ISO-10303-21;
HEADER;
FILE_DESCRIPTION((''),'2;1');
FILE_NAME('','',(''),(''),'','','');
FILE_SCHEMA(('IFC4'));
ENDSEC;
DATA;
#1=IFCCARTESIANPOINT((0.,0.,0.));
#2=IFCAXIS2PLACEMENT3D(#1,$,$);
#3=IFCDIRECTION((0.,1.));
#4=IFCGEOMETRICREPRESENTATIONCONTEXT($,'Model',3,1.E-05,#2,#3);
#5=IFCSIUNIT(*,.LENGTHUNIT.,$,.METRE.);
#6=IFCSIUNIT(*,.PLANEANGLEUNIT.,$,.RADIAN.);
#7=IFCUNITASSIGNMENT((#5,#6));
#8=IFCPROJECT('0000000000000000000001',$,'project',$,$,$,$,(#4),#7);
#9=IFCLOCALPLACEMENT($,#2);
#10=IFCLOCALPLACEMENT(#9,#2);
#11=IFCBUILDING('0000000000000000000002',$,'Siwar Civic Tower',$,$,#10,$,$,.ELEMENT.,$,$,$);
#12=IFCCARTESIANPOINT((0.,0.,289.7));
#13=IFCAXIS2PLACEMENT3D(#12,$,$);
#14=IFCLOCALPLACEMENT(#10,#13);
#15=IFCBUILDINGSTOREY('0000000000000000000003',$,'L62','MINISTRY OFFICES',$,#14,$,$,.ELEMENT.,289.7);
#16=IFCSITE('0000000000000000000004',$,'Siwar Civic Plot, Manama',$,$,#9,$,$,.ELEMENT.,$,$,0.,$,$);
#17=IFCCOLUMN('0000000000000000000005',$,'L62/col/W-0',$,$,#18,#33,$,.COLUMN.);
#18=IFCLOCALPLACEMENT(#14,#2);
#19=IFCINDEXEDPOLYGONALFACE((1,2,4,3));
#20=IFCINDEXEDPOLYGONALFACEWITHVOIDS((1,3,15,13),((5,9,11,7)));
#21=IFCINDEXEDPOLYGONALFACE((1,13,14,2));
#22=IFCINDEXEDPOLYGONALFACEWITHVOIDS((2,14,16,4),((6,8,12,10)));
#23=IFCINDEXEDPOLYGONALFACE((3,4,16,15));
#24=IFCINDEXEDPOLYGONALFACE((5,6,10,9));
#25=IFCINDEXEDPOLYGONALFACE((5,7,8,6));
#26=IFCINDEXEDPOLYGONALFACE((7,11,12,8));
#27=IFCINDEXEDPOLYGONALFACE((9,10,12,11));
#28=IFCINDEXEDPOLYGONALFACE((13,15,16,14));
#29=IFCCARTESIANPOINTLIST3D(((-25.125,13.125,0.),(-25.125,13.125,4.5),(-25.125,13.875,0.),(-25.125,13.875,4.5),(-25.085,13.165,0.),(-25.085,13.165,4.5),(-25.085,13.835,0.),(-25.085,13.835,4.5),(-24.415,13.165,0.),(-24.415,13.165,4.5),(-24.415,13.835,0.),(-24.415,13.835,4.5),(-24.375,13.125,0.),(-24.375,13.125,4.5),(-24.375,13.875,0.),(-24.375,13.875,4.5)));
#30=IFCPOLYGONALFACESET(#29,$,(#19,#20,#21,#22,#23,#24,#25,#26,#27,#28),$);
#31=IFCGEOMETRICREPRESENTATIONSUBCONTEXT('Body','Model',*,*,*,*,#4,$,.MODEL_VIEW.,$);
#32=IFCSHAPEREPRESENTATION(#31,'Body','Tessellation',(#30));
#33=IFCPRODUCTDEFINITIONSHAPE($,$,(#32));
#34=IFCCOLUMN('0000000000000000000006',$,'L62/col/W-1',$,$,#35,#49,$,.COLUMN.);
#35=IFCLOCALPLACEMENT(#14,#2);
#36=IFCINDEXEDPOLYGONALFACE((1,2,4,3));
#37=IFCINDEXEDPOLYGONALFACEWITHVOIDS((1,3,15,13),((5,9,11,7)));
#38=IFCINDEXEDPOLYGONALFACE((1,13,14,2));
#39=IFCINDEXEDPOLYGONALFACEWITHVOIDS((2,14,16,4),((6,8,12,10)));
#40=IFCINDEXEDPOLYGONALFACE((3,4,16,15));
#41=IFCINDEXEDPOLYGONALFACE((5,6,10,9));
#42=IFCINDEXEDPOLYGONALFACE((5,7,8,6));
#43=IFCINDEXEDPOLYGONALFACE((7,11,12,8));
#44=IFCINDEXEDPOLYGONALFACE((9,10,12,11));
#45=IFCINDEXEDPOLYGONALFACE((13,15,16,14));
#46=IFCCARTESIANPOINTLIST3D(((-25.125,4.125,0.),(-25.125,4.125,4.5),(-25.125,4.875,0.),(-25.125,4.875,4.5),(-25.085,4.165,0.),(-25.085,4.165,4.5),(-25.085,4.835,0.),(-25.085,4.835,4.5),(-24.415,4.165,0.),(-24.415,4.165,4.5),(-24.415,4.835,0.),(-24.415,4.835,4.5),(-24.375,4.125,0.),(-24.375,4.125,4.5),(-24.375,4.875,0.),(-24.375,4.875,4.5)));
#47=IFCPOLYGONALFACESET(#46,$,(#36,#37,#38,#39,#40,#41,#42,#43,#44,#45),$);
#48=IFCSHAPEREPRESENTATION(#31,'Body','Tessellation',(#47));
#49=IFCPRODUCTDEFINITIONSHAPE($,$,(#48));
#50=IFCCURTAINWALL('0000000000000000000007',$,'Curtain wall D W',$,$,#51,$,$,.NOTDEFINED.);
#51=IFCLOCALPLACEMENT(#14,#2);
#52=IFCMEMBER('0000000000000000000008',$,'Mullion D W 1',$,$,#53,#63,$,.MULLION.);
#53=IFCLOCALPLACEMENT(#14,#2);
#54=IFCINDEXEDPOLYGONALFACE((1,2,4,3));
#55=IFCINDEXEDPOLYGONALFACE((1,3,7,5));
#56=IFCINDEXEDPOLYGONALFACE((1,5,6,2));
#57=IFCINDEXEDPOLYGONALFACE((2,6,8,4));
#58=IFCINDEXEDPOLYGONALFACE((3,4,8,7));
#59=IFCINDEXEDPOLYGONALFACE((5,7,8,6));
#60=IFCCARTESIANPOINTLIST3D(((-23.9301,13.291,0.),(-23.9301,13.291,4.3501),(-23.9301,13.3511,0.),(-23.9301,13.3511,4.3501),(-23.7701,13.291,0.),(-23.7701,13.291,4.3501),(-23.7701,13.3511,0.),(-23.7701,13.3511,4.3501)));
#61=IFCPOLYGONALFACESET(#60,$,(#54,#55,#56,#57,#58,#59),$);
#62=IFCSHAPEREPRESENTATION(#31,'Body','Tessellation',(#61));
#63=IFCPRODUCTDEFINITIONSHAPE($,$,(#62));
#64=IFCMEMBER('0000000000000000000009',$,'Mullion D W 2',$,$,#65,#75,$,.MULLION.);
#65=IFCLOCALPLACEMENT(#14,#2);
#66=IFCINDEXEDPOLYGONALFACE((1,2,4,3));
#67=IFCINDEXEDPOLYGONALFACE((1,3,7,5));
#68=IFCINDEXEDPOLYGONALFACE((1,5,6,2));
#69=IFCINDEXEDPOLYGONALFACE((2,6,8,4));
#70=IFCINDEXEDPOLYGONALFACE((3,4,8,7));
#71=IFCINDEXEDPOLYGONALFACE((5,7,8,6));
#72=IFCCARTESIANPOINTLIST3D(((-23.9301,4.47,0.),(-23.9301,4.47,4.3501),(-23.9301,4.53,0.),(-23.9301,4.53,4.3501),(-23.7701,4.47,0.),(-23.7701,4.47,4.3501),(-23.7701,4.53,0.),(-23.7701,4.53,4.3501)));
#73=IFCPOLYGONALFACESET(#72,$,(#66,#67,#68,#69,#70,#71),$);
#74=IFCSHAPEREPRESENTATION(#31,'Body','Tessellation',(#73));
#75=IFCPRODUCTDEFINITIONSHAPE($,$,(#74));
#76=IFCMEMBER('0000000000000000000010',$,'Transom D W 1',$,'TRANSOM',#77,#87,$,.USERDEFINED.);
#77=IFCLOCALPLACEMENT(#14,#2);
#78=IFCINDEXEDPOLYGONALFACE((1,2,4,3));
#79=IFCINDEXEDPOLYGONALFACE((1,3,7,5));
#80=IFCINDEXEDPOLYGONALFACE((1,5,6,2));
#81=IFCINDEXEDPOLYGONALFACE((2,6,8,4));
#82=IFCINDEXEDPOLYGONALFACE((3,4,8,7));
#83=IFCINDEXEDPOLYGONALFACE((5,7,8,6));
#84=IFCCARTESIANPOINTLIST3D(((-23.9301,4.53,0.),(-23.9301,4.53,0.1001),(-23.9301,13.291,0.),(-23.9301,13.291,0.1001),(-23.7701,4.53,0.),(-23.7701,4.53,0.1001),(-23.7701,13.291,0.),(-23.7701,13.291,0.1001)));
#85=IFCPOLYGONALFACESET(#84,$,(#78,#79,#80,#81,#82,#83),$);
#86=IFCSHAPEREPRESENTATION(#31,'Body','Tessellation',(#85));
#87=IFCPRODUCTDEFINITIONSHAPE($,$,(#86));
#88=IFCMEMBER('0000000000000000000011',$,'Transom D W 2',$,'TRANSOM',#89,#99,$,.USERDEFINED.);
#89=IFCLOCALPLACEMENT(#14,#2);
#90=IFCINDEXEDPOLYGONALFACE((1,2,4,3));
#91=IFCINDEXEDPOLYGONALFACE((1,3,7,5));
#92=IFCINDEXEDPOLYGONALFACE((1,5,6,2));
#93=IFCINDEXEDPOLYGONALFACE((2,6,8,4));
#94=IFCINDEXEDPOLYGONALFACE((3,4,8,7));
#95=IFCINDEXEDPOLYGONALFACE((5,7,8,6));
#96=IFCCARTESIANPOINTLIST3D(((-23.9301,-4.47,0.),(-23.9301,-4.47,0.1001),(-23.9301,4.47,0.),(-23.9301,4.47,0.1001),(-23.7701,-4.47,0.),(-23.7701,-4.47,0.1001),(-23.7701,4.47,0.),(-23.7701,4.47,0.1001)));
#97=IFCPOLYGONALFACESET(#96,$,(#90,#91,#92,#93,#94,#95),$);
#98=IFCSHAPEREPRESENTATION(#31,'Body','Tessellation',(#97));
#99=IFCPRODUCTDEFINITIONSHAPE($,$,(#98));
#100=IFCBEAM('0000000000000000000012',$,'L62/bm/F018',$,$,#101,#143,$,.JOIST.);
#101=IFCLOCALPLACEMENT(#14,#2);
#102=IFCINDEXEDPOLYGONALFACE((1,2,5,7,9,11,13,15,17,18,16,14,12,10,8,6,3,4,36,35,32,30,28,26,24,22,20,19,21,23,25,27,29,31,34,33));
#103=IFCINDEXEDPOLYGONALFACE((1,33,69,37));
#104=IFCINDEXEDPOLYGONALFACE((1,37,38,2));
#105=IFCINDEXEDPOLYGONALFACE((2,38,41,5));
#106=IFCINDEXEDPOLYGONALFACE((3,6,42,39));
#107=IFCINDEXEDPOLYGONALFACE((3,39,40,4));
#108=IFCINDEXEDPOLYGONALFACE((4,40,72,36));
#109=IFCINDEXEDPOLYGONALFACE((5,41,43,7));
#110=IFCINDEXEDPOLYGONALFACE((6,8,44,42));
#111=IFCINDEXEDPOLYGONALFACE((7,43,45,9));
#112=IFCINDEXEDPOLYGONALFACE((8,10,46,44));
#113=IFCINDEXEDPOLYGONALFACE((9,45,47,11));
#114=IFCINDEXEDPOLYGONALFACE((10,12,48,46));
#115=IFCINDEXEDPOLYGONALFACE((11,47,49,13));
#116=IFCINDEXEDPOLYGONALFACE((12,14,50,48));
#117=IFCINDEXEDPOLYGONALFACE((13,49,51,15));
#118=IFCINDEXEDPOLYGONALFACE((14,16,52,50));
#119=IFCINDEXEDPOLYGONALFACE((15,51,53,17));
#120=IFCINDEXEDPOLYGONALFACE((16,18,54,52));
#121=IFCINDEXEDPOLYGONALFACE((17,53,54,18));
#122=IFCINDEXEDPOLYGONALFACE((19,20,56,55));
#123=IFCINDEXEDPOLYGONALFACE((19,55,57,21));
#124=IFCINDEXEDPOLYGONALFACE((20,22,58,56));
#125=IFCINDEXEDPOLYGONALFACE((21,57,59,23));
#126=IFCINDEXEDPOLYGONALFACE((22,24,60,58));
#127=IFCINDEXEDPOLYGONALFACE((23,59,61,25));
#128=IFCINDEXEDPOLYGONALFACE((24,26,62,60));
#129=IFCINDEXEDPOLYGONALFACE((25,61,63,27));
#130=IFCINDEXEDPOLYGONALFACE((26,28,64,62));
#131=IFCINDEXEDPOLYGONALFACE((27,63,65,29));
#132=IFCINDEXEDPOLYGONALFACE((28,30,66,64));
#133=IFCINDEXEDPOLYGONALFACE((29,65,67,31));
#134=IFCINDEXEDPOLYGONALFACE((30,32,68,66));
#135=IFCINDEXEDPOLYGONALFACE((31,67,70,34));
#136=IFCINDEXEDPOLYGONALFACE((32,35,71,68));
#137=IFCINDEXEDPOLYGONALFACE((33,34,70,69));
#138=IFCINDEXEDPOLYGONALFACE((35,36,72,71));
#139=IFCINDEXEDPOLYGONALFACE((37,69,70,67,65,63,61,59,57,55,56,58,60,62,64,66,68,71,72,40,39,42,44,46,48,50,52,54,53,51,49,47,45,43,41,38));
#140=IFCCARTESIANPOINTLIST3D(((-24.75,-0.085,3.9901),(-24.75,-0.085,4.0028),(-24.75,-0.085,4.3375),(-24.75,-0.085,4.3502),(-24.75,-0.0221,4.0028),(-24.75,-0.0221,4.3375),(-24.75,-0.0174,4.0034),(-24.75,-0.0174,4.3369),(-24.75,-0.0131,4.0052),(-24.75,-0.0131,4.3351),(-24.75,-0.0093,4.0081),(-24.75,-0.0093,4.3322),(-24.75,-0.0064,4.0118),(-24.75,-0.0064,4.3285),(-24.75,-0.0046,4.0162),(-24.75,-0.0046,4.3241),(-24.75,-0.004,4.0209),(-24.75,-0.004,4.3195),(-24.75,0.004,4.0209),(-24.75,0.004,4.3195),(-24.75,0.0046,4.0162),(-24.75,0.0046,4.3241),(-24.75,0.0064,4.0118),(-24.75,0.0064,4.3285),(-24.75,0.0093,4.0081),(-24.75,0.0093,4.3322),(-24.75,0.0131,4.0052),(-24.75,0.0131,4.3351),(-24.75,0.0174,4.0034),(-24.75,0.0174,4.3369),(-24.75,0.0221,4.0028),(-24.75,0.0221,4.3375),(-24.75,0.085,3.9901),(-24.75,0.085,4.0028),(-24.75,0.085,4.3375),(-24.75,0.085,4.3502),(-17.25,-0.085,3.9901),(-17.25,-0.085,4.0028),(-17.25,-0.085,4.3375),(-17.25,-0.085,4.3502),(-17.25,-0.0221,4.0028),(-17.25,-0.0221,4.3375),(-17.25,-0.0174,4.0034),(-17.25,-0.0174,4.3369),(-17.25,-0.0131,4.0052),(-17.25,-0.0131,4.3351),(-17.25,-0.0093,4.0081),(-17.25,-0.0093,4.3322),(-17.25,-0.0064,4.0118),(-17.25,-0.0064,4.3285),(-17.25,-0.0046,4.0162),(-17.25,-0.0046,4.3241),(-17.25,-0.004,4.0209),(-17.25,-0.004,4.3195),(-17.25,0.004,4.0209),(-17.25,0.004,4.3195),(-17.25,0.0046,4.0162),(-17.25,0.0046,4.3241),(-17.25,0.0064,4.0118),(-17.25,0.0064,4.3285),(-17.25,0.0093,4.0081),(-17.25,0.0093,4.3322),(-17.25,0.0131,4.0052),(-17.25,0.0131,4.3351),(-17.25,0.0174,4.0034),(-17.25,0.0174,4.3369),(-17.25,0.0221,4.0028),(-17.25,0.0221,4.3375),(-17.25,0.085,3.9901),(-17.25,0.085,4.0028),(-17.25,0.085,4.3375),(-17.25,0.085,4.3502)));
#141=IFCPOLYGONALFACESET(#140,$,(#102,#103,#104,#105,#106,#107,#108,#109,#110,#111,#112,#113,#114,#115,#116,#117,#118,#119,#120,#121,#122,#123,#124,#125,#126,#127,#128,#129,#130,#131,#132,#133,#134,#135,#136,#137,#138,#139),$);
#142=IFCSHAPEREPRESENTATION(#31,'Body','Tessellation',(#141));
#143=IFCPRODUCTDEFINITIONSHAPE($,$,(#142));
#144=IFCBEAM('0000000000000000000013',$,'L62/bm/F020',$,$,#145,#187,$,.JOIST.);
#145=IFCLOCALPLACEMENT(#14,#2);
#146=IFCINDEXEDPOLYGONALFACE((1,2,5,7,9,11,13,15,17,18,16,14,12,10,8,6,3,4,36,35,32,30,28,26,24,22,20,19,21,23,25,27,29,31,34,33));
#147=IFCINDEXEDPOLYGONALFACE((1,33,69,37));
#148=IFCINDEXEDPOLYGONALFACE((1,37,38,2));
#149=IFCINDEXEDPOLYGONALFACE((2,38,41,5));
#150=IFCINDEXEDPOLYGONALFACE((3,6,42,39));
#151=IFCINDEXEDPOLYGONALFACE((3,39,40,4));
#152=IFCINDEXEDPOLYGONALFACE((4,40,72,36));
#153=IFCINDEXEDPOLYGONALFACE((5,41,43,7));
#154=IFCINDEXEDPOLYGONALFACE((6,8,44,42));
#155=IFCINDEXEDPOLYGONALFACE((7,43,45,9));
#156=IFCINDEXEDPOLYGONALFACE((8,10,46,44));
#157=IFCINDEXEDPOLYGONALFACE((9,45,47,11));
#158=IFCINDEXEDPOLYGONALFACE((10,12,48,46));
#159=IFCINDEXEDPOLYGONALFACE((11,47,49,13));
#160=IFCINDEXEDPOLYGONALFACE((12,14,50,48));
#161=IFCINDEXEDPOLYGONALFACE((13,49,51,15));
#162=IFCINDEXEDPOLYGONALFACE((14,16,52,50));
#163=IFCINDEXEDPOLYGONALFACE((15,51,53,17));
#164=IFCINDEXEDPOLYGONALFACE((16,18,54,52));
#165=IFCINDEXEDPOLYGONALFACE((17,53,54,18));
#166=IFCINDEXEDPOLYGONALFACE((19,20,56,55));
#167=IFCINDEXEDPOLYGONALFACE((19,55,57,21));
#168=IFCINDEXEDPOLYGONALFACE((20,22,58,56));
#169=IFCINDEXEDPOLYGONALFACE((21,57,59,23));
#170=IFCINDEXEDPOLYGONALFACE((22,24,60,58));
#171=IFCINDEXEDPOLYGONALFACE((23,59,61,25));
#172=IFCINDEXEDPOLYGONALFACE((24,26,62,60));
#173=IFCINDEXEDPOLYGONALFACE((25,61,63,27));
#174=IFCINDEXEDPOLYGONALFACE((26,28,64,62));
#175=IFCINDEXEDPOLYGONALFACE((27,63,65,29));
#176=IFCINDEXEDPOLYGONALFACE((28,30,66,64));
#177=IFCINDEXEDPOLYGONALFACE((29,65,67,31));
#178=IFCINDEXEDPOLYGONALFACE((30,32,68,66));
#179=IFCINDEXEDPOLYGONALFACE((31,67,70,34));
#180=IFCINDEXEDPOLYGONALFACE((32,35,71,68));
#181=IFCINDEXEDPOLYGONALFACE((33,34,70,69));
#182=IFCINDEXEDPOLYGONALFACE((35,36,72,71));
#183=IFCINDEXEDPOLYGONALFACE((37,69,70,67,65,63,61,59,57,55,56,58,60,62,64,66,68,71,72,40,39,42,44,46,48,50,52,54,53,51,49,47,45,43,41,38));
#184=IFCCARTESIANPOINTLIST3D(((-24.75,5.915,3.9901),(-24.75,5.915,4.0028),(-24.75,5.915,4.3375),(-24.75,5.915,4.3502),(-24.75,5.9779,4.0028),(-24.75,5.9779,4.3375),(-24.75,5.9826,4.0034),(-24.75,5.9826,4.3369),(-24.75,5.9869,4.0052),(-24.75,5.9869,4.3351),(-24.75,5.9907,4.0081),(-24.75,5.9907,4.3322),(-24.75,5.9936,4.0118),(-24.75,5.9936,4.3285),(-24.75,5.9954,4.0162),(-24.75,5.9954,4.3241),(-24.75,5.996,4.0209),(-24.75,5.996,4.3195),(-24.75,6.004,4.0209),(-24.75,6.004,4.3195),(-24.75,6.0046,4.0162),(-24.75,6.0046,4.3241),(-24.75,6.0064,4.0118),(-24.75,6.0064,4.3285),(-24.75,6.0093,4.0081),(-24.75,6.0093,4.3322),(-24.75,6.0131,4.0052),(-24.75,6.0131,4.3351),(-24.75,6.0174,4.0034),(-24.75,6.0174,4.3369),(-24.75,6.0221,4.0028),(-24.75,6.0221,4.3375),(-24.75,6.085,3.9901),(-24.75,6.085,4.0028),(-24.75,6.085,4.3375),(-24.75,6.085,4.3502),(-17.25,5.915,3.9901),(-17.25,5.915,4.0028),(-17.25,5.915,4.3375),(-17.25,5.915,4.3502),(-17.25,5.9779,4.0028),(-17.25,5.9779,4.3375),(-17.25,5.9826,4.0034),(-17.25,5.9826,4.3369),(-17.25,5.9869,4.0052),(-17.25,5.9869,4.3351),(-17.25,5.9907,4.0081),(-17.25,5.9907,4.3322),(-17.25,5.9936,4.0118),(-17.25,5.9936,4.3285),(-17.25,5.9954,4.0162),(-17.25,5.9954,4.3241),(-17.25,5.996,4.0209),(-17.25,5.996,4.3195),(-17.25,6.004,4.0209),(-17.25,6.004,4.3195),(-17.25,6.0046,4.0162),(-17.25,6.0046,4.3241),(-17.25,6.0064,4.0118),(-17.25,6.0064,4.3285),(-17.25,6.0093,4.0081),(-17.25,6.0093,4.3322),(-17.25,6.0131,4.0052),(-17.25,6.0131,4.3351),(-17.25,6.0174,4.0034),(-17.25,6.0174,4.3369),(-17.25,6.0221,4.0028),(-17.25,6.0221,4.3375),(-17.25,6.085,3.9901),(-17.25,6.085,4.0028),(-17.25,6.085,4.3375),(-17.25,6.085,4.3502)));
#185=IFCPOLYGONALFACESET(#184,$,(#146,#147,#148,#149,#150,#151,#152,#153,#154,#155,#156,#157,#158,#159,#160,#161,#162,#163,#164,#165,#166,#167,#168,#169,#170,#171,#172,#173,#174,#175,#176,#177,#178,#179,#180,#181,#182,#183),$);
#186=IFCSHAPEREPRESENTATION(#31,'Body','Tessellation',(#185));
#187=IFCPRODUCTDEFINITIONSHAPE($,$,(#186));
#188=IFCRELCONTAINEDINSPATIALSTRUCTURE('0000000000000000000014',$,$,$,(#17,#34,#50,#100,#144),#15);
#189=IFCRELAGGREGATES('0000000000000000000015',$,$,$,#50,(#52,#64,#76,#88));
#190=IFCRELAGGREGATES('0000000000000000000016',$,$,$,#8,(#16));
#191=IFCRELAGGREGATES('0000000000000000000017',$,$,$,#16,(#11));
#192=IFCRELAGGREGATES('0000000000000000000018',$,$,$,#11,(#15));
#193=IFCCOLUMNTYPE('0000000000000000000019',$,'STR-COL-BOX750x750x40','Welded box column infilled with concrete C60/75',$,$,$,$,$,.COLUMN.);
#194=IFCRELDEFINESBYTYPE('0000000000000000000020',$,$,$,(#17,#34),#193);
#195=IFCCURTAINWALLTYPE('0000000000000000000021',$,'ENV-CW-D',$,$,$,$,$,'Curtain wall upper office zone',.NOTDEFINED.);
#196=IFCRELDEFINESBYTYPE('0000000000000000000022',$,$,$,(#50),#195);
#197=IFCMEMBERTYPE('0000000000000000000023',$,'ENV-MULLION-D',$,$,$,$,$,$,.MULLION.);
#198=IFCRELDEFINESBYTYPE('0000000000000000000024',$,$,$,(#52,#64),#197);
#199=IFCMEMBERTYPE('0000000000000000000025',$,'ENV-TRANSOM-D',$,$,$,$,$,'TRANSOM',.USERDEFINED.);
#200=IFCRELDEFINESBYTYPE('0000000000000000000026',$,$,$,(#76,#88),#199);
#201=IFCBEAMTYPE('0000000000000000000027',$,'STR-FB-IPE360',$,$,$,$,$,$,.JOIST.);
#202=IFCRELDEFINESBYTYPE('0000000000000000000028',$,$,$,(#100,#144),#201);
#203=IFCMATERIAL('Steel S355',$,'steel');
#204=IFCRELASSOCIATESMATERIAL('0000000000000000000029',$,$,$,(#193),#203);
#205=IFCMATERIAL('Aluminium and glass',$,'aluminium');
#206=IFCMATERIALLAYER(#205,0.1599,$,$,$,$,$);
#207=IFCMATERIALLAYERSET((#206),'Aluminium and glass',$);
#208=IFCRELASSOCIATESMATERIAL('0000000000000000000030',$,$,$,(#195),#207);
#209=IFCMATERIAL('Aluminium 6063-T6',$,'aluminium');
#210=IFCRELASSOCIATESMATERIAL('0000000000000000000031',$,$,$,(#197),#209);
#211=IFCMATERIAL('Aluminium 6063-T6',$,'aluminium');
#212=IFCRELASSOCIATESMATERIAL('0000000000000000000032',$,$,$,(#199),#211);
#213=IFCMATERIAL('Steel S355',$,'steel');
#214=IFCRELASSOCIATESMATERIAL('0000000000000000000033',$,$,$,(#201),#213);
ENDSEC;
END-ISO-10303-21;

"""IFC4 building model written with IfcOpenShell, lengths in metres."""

from ifc_helpers import new_model, si_unit, direction, frame, origin, origin_2d, place, context, subcontext, project, spatial, rectangle, hollow_rectangle, i_section, extrude, material, layer, layer_set, material_profile, profile_set, type_object, element, aggregate, save


model = new_model("IFC4")

# Units and contexts
model_context = context("Model", 3, precision=1e-05, world=origin(), true_north=direction((0.0, 1.0)))
body_context = subcontext(model_context, "Body", "Model", "MODEL_VIEW")
ifc_project = project(units=[si_unit("LENGTHUNIT", "METRE"), si_unit("PLANEANGLEUNIT", "RADIAN")], contexts=[model_context])

# Site, building, storey
site_placement = place(None, origin())
site = spatial("IfcSite", under=ifc_project, at=site_placement, Name="Siwar Civic Plot, Manama", CompositionType="ELEMENT", RefElevation=0.0)
building_placement = place(site_placement, origin())
building = spatial("IfcBuilding", under=site, at=building_placement, Name="Siwar Civic Tower", CompositionType="ELEMENT")
storey_placement = place(building_placement, frame((0.0, 0.0, 289.7)))
storey = spatial("IfcBuildingStorey", under=building, at=storey_placement, Name="L62", Description="MINISTRY OFFICES", CompositionType="ELEMENT", Elevation=289.7)

# Columns
ifc_material_1 = material(Name="Steel S355", Category="steel")
ifc_material_profile_1 = material_profile(ifc_material_1, hollow_rectangle(XDim=0.75, YDim=0.75, WallThickness=0.04, at=origin_2d()), Name="BOX750x750x40")
ifc_profile_set_1 = profile_set([ifc_material_profile_1], Name="Steel S355")
column_type = type_object("IfcColumnType", Name="STR-COL-BOX750x750x40", Description="Welded box column infilled with concrete C60/75", PredefinedType="COLUMN", material=ifc_profile_set_1)
for number, where, z_axis, x_axis, name in (
    (1, (-24.75, 13.5, 0.0), (0.0, 0.0, 1.0), (1.0, 0.0, 0.0), "L62/col/W-0"),
    (2, (-24.75, 4.5, 0.0), (0.0, 0.0, 1.0), (1.0, 0.0, 0.0), "L62/col/W-1"),
):
    element("IfcColumn", number, at=place(storey_placement, frame(where, z_axis=z_axis, x_axis=x_axis)), inside=storey, type_object=column_type, Name=name, PredefinedType="COLUMN", context=body_context, shape_type="SweptSolid", body=[
        extrude(hollow_rectangle(XDim=0.75, YDim=0.75, WallThickness=0.04, at=origin_2d()), origin(), (0.0, 0.0, 1.0), 4.5),
    ])

# Curtain wall, members
ifc_material_2 = material(Name="Aluminium and glass", Category="aluminium")
ifc_layer_1 = layer(ifc_material_2, 0.1599)
ifc_layer_set_1 = layer_set([ifc_layer_1], Name="Aluminium and glass")
curtain_wall_type = type_object("IfcCurtainWallType", Name="ENV-CW-D", ElementType="Curtain wall upper office zone", PredefinedType="NOTDEFINED", material=ifc_layer_set_1)
curtain_wall_placement = place(storey_placement, origin())
curtain_wall = element("IfcCurtainWall", 3, at=curtain_wall_placement, inside=storey, type_object=curtain_wall_type, Name="Curtain wall D W", PredefinedType="NOTDEFINED")
ifc_material_3 = material(Name="Aluminium 6063-T6", Category="aluminium")
ifc_material_profile_2 = material_profile(ifc_material_3, rectangle(XDim=0.1599, YDim=0.0601, at=origin_2d()), Name="AL 160x60")
ifc_profile_set_2 = profile_set([ifc_material_profile_2], Name="Aluminium 6063-T6")
member_type_1 = type_object("IfcMemberType", Name="ENV-MULLION-D", PredefinedType="MULLION", material=ifc_profile_set_2)
member_1_placement = place(storey_placement, frame((-23.8501, 13.321, 0.0), z_axis=(0.0, 0.0, 1.0), x_axis=(1.0, 0.0, 0.0)))
member_1 = element("IfcMember", 4, at=member_1_placement, type_object=member_type_1, Name="Mullion D W 1", PredefinedType="MULLION", context=body_context, shape_type="SweptSolid", body=[
    extrude(rectangle(XDim=0.1599, YDim=0.0601, at=origin_2d()), origin(), (0.0, 0.0, 1.0), 4.3501),
])
member_2_placement = place(storey_placement, frame((-23.8501, 4.5, 0.0), z_axis=(0.0, 0.0, 1.0), x_axis=(1.0, 0.0, 0.0)))
member_2 = element("IfcMember", 5, at=member_2_placement, type_object=member_type_1, Name="Mullion D W 2", PredefinedType="MULLION", context=body_context, shape_type="SweptSolid", body=[
    extrude(rectangle(XDim=0.1599, YDim=0.0601, at=origin_2d()), origin(), (0.0, 0.0, 1.0), 4.3501),
])
ifc_material_4 = material(Name="Aluminium 6063-T6", Category="aluminium")
ifc_material_profile_3 = material_profile(ifc_material_4, rectangle(XDim=0.1599, YDim=0.1001, at=origin_2d()), Name="AL 160x100")
ifc_profile_set_3 = profile_set([ifc_material_profile_3], Name="Aluminium 6063-T6")
member_type_2 = type_object("IfcMemberType", Name="ENV-TRANSOM-D", ElementType="TRANSOM", PredefinedType="USERDEFINED", material=ifc_profile_set_3)
member_3_placement = place(storey_placement, frame((-23.8501, 13.291, 0.05), z_axis=(0.0, -1.0, 0.0), x_axis=(1.0, 0.0, 0.0)))
member_3 = element("IfcMember", 6, at=member_3_placement, type_object=member_type_2, Name="Transom D W 1", ObjectType="TRANSOM", PredefinedType="USERDEFINED", context=body_context, shape_type="SweptSolid", body=[
    extrude(rectangle(XDim=0.1599, YDim=0.1001, at=origin_2d()), origin(), (0.0, 0.0, 1.0), 8.761),
])
member_4_placement = place(storey_placement, frame((-23.8501, 4.47, 0.05), z_axis=(0.0, -1.0, 0.0), x_axis=(1.0, 0.0, 0.0)))
member_4 = element("IfcMember", 7, at=member_4_placement, type_object=member_type_2, Name="Transom D W 2", ObjectType="TRANSOM", PredefinedType="USERDEFINED", context=body_context, shape_type="SweptSolid", body=[
    extrude(rectangle(XDim=0.1599, YDim=0.1001, at=origin_2d()), origin(), (0.0, 0.0, 1.0), 8.9399),
])

# Beams
ifc_material_5 = material(Name="Steel S355", Category="steel")
ifc_material_profile_4 = material_profile(ifc_material_5, i_section(OverallWidth=0.1699, OverallDepth=0.3601, WebThickness=0.0081, FlangeThickness=0.0127, FilletRadius=0.0181, at=origin_2d()), Name="IPE360")
ifc_profile_set_4 = profile_set([ifc_material_profile_4], Name="Steel S355")
beam_type_1 = type_object("IfcBeamType", Name="STR-FB-IPE360", PredefinedType="JOIST", material=ifc_profile_set_4)
for number, where, z_axis, x_axis, name in (
    (8, (-24.75, 0.0, 4.1702), (1.0, 0.0, 0.0), (0.0, 1.0, 0.0), "L62/bm/F018"),
    (9, (-24.75, 6.0, 4.1702), (1.0, 0.0, 0.0), (0.0, 1.0, 0.0), "L62/bm/F020"),
):
    element("IfcBeam", number, at=place(storey_placement, frame(where, z_axis=z_axis, x_axis=x_axis)), inside=storey, type_object=beam_type_1, Name=name, PredefinedType="JOIST", context=body_context, shape_type="SweptSolid", body=[
        extrude(i_section(OverallWidth=0.1699, OverallDepth=0.3601, WebThickness=0.0081, FlangeThickness=0.0127, FilletRadius=0.0181, at=origin_2d()), origin(), (0.0, 0.0, 1.0), 7.5),
    ])

aggregate(curtain_wall, [member_1, member_2, member_3, member_4])

save(model, "model.ifc")
